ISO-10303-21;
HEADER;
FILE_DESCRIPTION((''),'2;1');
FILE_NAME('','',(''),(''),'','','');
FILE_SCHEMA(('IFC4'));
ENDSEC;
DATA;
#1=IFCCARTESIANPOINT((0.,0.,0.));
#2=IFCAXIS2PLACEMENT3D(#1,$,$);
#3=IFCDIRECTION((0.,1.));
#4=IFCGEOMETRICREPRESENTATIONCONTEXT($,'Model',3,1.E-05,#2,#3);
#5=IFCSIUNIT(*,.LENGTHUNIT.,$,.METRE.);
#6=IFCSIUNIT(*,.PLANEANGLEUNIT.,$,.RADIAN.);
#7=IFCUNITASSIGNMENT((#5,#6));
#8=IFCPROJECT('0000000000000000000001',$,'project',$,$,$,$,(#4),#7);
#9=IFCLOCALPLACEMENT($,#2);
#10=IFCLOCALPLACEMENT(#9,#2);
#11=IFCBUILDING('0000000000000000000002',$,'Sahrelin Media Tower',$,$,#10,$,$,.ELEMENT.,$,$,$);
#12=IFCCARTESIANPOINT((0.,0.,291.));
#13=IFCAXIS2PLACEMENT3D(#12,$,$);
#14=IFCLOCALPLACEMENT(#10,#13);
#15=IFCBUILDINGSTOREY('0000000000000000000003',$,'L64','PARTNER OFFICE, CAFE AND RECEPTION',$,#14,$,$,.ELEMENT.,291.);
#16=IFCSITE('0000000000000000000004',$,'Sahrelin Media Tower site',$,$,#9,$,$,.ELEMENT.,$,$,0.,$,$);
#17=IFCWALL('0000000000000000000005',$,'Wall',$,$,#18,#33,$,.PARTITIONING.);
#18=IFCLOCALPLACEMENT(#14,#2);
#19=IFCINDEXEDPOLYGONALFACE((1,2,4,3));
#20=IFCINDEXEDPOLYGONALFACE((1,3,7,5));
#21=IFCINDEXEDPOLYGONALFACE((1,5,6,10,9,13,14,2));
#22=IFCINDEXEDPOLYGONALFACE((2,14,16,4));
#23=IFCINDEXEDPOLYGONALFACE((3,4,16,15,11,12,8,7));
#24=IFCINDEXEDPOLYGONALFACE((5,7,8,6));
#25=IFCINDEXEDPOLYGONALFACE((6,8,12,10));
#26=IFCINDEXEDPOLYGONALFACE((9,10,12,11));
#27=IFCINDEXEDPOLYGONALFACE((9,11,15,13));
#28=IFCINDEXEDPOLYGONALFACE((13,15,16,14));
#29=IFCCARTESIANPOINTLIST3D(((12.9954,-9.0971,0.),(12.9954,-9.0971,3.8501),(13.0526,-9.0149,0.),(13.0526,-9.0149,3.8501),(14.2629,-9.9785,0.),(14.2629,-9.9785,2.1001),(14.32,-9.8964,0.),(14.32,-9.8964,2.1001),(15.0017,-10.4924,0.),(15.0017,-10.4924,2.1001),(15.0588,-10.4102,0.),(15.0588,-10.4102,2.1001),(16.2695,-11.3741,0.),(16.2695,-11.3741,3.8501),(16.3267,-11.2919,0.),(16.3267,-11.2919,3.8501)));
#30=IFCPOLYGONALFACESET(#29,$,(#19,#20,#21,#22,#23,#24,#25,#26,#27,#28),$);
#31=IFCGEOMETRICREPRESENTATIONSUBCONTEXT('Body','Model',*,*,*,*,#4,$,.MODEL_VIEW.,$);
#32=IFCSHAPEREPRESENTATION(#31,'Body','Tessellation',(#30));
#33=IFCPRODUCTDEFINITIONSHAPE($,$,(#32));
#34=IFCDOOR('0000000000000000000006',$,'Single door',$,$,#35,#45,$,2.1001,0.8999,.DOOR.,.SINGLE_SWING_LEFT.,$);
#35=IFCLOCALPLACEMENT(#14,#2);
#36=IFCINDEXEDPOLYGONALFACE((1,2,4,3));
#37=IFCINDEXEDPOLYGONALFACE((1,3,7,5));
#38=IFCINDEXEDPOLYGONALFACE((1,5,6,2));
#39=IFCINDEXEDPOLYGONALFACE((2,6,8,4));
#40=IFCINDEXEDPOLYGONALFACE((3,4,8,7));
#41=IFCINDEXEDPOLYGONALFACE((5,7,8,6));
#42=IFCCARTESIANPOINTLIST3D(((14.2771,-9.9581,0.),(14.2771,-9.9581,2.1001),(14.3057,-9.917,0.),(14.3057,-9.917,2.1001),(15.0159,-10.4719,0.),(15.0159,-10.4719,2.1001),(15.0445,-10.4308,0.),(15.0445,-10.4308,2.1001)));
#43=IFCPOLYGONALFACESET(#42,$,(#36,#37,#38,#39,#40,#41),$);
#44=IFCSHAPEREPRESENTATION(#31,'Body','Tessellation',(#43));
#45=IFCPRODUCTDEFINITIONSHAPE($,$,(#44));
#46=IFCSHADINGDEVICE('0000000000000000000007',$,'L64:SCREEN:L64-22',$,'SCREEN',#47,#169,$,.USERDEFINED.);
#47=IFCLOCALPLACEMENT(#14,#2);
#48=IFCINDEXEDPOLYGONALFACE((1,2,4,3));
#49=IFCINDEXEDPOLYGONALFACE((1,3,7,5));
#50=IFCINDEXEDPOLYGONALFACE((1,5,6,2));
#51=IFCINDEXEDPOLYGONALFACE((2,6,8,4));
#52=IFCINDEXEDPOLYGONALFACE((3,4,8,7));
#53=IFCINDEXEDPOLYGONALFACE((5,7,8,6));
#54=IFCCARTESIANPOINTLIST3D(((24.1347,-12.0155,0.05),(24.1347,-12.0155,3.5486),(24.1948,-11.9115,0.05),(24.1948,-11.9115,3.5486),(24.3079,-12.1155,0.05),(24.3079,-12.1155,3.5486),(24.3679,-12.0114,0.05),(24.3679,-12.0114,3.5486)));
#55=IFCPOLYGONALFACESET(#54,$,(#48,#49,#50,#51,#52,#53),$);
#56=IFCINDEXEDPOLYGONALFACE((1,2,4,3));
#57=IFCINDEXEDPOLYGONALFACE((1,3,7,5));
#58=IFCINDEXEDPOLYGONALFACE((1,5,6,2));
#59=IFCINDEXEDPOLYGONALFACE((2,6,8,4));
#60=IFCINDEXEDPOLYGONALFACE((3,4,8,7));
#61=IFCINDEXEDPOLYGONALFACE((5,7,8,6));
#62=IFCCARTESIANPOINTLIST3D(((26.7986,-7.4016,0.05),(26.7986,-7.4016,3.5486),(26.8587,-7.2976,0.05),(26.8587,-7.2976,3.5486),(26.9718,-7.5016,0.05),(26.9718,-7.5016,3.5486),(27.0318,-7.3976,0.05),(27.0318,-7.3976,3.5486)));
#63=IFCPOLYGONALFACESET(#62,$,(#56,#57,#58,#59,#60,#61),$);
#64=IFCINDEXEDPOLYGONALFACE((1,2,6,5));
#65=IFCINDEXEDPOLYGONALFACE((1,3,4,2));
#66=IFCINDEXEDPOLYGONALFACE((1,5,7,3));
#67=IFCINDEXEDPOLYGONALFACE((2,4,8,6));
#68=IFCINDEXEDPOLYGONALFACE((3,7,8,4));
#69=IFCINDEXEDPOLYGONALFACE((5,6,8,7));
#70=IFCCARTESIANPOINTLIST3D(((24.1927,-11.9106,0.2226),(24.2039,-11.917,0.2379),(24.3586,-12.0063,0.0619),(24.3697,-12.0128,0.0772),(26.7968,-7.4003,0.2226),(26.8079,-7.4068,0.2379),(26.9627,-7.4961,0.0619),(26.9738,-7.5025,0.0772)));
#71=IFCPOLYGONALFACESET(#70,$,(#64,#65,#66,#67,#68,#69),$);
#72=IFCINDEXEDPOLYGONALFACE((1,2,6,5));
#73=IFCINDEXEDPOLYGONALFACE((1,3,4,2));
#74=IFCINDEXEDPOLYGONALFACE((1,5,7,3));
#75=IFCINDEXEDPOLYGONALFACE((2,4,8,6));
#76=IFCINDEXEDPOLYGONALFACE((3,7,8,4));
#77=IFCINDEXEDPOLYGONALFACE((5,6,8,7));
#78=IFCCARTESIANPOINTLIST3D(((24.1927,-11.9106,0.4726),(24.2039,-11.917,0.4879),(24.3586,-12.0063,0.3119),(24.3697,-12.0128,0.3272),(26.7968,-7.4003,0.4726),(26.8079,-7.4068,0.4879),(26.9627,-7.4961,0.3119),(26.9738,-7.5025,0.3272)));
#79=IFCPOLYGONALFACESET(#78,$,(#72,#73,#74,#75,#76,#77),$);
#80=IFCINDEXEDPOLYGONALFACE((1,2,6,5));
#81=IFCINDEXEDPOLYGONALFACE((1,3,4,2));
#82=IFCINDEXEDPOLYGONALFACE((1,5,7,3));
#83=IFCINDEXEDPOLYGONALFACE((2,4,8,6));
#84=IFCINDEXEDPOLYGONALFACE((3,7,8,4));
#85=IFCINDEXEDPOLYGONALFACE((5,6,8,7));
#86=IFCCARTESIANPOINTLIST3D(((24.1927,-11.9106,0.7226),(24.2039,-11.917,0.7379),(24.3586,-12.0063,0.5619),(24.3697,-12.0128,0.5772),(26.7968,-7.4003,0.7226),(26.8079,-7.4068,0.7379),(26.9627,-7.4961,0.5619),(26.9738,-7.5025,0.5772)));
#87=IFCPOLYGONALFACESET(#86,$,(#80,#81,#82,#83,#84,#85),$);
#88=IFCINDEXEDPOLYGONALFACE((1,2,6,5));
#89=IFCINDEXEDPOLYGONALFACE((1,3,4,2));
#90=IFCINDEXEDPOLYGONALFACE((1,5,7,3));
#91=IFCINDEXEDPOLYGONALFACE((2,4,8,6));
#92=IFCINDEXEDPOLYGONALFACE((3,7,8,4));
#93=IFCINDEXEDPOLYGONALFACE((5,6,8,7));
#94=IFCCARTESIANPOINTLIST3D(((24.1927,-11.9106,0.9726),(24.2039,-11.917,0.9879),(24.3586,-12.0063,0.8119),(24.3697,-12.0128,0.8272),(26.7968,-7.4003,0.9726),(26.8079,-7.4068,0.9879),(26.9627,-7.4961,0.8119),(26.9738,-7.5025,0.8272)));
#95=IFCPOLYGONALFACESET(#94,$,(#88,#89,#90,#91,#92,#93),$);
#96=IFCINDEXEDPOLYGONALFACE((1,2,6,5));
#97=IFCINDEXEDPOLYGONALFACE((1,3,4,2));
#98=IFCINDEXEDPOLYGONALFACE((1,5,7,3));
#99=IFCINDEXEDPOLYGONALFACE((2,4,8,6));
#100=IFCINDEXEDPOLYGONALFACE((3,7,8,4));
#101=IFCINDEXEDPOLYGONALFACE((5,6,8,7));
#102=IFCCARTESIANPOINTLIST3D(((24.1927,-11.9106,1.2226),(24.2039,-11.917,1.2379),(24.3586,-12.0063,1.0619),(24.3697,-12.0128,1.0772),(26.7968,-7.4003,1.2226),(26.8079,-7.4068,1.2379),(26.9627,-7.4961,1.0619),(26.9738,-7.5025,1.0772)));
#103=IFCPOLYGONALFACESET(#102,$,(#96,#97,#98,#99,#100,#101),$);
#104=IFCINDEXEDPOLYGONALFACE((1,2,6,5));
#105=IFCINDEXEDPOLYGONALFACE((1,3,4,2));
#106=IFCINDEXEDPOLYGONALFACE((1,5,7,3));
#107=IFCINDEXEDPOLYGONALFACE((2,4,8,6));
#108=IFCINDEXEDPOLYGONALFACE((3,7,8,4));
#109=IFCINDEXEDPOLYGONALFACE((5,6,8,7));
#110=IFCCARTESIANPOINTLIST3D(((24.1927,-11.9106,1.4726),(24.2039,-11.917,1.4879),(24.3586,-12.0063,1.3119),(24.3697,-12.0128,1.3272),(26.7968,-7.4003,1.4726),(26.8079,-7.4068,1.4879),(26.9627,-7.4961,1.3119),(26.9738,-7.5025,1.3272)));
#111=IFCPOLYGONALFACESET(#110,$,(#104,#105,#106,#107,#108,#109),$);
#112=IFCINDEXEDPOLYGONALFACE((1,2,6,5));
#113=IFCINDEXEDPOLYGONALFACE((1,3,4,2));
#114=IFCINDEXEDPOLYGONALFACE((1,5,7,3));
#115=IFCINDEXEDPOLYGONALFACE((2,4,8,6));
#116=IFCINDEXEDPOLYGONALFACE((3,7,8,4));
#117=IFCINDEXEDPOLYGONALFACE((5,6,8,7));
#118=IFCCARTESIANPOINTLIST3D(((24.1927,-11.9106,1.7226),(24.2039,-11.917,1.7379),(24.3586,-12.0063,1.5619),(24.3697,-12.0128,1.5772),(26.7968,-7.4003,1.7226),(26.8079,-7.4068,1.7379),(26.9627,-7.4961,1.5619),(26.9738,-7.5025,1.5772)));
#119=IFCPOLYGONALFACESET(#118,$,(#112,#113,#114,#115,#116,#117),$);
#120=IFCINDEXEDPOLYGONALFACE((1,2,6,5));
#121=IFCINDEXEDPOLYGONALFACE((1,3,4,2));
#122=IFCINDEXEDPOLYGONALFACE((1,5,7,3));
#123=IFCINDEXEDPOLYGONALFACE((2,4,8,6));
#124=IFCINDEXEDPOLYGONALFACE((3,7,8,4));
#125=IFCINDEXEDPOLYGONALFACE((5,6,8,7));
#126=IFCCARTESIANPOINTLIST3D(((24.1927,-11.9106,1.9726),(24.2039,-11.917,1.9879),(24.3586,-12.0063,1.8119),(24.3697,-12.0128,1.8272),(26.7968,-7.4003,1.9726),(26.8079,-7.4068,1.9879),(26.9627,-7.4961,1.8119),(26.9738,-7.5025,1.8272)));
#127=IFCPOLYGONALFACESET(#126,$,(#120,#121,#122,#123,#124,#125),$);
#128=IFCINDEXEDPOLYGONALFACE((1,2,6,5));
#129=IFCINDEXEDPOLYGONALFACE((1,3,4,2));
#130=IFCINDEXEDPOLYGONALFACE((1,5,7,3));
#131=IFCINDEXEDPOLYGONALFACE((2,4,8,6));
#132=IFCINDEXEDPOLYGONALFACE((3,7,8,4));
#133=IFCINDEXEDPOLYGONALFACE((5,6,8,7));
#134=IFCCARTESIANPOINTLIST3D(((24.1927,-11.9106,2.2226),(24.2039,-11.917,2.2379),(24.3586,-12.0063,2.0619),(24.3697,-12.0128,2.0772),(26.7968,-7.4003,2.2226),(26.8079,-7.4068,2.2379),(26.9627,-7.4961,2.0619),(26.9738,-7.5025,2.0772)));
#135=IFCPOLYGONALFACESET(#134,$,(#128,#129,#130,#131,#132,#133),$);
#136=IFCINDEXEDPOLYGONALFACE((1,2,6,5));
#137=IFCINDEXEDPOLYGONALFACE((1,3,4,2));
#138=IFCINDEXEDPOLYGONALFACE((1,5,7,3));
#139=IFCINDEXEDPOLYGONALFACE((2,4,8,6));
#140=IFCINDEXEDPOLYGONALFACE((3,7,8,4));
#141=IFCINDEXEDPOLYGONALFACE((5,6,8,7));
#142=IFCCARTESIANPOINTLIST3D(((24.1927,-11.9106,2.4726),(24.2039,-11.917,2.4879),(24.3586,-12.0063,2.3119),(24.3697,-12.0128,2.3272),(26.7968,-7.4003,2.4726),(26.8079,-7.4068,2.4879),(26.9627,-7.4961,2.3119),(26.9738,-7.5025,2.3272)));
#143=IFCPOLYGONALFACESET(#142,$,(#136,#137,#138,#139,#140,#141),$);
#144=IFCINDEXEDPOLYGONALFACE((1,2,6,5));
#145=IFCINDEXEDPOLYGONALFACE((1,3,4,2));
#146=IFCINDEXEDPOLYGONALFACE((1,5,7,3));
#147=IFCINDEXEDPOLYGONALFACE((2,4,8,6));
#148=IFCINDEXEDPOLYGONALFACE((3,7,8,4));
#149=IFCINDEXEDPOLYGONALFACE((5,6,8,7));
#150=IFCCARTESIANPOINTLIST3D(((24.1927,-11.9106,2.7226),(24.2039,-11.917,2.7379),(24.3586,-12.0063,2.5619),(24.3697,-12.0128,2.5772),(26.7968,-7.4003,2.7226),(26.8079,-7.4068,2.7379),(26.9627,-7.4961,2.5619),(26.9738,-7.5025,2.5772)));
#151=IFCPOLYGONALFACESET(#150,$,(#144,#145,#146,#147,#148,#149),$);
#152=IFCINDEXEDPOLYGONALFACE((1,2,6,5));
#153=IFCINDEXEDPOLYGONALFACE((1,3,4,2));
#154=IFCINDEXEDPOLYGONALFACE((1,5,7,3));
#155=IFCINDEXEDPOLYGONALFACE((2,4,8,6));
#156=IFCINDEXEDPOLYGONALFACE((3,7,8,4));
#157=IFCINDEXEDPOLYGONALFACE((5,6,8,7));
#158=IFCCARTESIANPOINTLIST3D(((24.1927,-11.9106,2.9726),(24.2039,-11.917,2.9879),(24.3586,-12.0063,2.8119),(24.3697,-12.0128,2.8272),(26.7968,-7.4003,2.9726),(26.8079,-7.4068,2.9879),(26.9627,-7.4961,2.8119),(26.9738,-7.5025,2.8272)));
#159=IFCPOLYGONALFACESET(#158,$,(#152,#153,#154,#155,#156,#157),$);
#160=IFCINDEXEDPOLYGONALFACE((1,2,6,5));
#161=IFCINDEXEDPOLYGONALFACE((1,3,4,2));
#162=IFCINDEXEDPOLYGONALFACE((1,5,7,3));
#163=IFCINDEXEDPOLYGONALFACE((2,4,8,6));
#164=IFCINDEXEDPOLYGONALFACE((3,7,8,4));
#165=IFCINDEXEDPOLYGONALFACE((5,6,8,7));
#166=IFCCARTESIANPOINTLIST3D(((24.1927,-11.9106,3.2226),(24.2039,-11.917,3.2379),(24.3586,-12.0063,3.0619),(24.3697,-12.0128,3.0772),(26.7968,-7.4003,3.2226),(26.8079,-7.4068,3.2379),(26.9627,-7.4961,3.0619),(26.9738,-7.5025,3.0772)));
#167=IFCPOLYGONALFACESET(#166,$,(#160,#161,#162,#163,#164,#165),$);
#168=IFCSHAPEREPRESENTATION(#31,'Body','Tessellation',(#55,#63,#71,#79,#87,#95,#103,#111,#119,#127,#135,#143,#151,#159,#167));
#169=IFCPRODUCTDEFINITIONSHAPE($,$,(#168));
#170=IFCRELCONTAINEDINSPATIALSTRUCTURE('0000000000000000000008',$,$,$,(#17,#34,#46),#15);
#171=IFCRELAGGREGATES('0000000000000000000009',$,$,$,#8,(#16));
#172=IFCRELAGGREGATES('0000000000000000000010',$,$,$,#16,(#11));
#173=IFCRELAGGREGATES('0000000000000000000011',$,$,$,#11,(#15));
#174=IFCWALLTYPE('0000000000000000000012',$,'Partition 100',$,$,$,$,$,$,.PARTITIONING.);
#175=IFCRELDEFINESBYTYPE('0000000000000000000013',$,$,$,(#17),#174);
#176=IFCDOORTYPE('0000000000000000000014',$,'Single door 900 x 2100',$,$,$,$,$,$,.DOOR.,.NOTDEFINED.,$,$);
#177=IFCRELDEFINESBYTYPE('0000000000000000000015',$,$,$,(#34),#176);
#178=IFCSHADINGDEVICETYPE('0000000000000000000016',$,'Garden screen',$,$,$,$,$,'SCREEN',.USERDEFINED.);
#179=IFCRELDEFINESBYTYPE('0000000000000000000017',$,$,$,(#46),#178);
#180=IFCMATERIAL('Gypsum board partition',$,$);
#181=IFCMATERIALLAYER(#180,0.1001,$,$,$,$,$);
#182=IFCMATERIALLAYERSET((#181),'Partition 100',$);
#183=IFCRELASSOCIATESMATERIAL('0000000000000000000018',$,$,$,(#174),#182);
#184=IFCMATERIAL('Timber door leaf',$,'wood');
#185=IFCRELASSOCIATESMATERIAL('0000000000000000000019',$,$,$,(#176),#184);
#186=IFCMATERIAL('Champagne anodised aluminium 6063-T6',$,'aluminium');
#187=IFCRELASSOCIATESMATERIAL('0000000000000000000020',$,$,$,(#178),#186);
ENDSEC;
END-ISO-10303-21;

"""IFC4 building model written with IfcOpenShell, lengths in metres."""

from ifc_helpers import new_model, si_unit, direction, frame, frame_2d, origin, origin_2d, place, context, subcontext, project, spatial, rectangle, extrude, material, layer, layer_set, type_object, element, fill, save


model = new_model("IFC4")

# Units and contexts
model_context = context("Model", 3, precision=1e-05, world=origin(), true_north=direction((0.0, 1.0)))
body_context = subcontext(model_context, "Body", "Model", "MODEL_VIEW")
ifc_project = project(units=[si_unit("LENGTHUNIT", "METRE"), si_unit("PLANEANGLEUNIT", "RADIAN")], contexts=[model_context])

# Site, building, storey
site_placement = place(None, origin())
site = spatial("IfcSite", under=ifc_project, at=site_placement, Name="Sahrelin Media Tower site", CompositionType="ELEMENT", RefElevation=0.0)
building_placement = place(site_placement, origin())
building = spatial("IfcBuilding", under=site, at=building_placement, Name="Sahrelin Media Tower", CompositionType="ELEMENT")
storey_placement = place(building_placement, frame((0.0, 0.0, 291.0)))
storey = spatial("IfcBuildingStorey", under=building, at=storey_placement, Name="L64", Description="PARTNER OFFICE, CAFE AND RECEPTION", CompositionType="ELEMENT", Elevation=291.0)

# Wall, opening, door
ifc_material_1 = material(Name="Gypsum board partition")
ifc_layer_1 = layer(ifc_material_1, 0.1001)
ifc_layer_set_1 = layer_set([ifc_layer_1], Name="Partition 100")
wall_type_1 = type_object("IfcWallType", Name="Partition 100", PredefinedType="PARTITIONING", material=ifc_layer_set_1)
wall_1_placement = place(storey_placement, frame((13.0239, -9.0559, 0.0), z_axis=(0.0, 0.0, 1.0), x_axis=(0.820974, -0.570966, 0.0)))
wall_1 = element("IfcWall", 1, at=wall_1_placement, inside=storey, type_object=wall_type_1, Name="Wall", PredefinedType="PARTITIONING", context=body_context, shape_type="SweptSolid", body=[
    extrude(rectangle(XDim=3.988, YDim=0.1001, at=frame_2d((1.9941, 0.0))), origin(), (0.0, 0.0, 1.0), 3.8501),
])
opening_1_placement = place(wall_1_placement, frame((1.5439, 0.0, 0.0)))
opening_1 = element("IfcOpeningElement", 2, at=opening_1_placement, cuts=wall_1, PredefinedType="OPENING", context=body_context, shape_type="SweptSolid", body=[
    extrude(rectangle(XDim=0.8999, YDim=2.1001, at=frame_2d((0.45, 1.05))), frame((0.0, 0.05, 0.0), z_axis=(0.0, -1.0, 0.0), x_axis=(1.0, 0.0, 0.0)), (0.0, 0.0, 1.0), 0.1001),
])
ifc_material_2 = material(Name="Timber door leaf", Category="wood")
door_type_1 = type_object("IfcDoorType", Name="Single door 900 x 2100", OperationType="NOTDEFINED", PredefinedType="DOOR", material=ifc_material_2)
door_1_placement = place(opening_1_placement, origin())
door_1 = element("IfcDoor", 3, at=door_1_placement, inside=storey, type_object=door_type_1, Name="Single door", OperationType="SINGLE_SWING_LEFT", OverallHeight=2.1001, OverallWidth=0.8999, PredefinedType="DOOR", context=body_context, shape_type="SweptSolid", body=[
    extrude(rectangle(XDim=0.8999, YDim=2.1001, at=frame_2d((0.45, 1.05))), frame((0.0, 0.0249, 0.0), z_axis=(0.0, -1.0, 0.0), x_axis=(1.0, 0.0, 0.0)), (0.0, 0.0, 1.0), 0.05),
])
fill(opening_1, door_1)

# Shading device
ifc_material_3 = material(Name="Champagne anodised aluminium 6063-T6", Category="aluminium")
shading_device_type = type_object("IfcShadingDeviceType", Name="Garden screen", ElementType="SCREEN", PredefinedType="USERDEFINED", material=ifc_material_3)
shading_device_1_placement = place(storey_placement, frame((25.4966, -9.6565, 0.0), z_axis=(0.0, 0.0, 1.0), x_axis=(-0.500011, -0.866019, 0.0)))
element("IfcShadingDevice", 4, at=shading_device_1_placement, inside=storey, type_object=shading_device_type, Name="L64:SCREEN:L64-22", ObjectType="SCREEN", PredefinedType="USERDEFINED", context=body_context, shape_type="SweptSolid", body=[
    extrude(rectangle(XDim=0.1201, YDim=0.2, at=origin_2d()), frame((2.6638, 0.1001, 0.05), z_axis=(0.0, 0.0, 1.0), x_axis=(1.0, 0.0, 0.0)), (0.0, 0.0, 1.0), 3.4985),
    extrude(rectangle(XDim=0.1201, YDim=0.2, at=origin_2d()), frame((-2.6638, 0.1001, 0.05), z_axis=(0.0, 0.0, 1.0), x_axis=(1.0, 0.0, 0.0)), (0.0, 0.0, 1.0), 3.4985),
    extrude(rectangle(XDim=0.25, YDim=0.02, at=origin_2d()), frame((2.604, 0.1001, 0.1499), z_axis=(-1.0, 0.0, 0.0), x_axis=(0.0, -0.766044, 0.642788)), (0.0, 0.0, 1.0), 5.208),
    extrude(rectangle(XDim=0.25, YDim=0.02, at=origin_2d()), frame((2.604, 0.1001, 0.3999), z_axis=(-1.0, 0.0, 0.0), x_axis=(0.0, -0.766044, 0.642788)), (0.0, 0.0, 1.0), 5.208),
    extrude(rectangle(XDim=0.25, YDim=0.02, at=origin_2d()), frame((2.604, 0.1001, 0.6499), z_axis=(-1.0, 0.0, 0.0), x_axis=(0.0, -0.766044, 0.642788)), (0.0, 0.0, 1.0), 5.208),
    extrude(rectangle(XDim=0.25, YDim=0.02, at=origin_2d()), frame((2.604, 0.1001, 0.8999), z_axis=(-1.0, 0.0, 0.0), x_axis=(0.0, -0.766044, 0.642788)), (0.0, 0.0, 1.0), 5.208),
    extrude(rectangle(XDim=0.25, YDim=0.02, at=origin_2d()), frame((2.604, 0.1001, 1.1499), z_axis=(-1.0, 0.0, 0.0), x_axis=(0.0, -0.766044, 0.642788)), (0.0, 0.0, 1.0), 5.208),
    extrude(rectangle(XDim=0.25, YDim=0.02, at=origin_2d()), frame((2.604, 0.1001, 1.3999), z_axis=(-1.0, 0.0, 0.0), x_axis=(0.0, -0.766044, 0.642788)), (0.0, 0.0, 1.0), 5.208),
    extrude(rectangle(XDim=0.25, YDim=0.02, at=origin_2d()), frame((2.604, 0.1001, 1.6499), z_axis=(-1.0, 0.0, 0.0), x_axis=(0.0, -0.766044, 0.642788)), (0.0, 0.0, 1.0), 5.208),
    extrude(rectangle(XDim=0.25, YDim=0.02, at=origin_2d()), frame((2.604, 0.1001, 1.8999), z_axis=(-1.0, 0.0, 0.0), x_axis=(0.0, -0.766044, 0.642788)), (0.0, 0.0, 1.0), 5.208),
    extrude(rectangle(XDim=0.25, YDim=0.02, at=origin_2d()), frame((2.604, 0.1001, 2.1499), z_axis=(-1.0, 0.0, 0.0), x_axis=(0.0, -0.766044, 0.642788)), (0.0, 0.0, 1.0), 5.208),
    extrude(rectangle(XDim=0.25, YDim=0.02, at=origin_2d()), frame((2.604, 0.1001, 2.3999), z_axis=(-1.0, 0.0, 0.0), x_axis=(0.0, -0.766044, 0.642788)), (0.0, 0.0, 1.0), 5.208),
    extrude(rectangle(XDim=0.25, YDim=0.02, at=origin_2d()), frame((2.604, 0.1001, 2.6499), z_axis=(-1.0, 0.0, 0.0), x_axis=(0.0, -0.766044, 0.642788)), (0.0, 0.0, 1.0), 5.208),
    extrude(rectangle(XDim=0.25, YDim=0.02, at=origin_2d()), frame((2.604, 0.1001, 2.8999), z_axis=(-1.0, 0.0, 0.0), x_axis=(0.0, -0.766044, 0.642788)), (0.0, 0.0, 1.0), 5.208),
    extrude(rectangle(XDim=0.25, YDim=0.02, at=origin_2d()), frame((2.604, 0.1001, 3.1499), z_axis=(-1.0, 0.0, 0.0), x_axis=(0.0, -0.766044, 0.642788)), (0.0, 0.0, 1.0), 5.208),
])

save(model, "model.ifc")
